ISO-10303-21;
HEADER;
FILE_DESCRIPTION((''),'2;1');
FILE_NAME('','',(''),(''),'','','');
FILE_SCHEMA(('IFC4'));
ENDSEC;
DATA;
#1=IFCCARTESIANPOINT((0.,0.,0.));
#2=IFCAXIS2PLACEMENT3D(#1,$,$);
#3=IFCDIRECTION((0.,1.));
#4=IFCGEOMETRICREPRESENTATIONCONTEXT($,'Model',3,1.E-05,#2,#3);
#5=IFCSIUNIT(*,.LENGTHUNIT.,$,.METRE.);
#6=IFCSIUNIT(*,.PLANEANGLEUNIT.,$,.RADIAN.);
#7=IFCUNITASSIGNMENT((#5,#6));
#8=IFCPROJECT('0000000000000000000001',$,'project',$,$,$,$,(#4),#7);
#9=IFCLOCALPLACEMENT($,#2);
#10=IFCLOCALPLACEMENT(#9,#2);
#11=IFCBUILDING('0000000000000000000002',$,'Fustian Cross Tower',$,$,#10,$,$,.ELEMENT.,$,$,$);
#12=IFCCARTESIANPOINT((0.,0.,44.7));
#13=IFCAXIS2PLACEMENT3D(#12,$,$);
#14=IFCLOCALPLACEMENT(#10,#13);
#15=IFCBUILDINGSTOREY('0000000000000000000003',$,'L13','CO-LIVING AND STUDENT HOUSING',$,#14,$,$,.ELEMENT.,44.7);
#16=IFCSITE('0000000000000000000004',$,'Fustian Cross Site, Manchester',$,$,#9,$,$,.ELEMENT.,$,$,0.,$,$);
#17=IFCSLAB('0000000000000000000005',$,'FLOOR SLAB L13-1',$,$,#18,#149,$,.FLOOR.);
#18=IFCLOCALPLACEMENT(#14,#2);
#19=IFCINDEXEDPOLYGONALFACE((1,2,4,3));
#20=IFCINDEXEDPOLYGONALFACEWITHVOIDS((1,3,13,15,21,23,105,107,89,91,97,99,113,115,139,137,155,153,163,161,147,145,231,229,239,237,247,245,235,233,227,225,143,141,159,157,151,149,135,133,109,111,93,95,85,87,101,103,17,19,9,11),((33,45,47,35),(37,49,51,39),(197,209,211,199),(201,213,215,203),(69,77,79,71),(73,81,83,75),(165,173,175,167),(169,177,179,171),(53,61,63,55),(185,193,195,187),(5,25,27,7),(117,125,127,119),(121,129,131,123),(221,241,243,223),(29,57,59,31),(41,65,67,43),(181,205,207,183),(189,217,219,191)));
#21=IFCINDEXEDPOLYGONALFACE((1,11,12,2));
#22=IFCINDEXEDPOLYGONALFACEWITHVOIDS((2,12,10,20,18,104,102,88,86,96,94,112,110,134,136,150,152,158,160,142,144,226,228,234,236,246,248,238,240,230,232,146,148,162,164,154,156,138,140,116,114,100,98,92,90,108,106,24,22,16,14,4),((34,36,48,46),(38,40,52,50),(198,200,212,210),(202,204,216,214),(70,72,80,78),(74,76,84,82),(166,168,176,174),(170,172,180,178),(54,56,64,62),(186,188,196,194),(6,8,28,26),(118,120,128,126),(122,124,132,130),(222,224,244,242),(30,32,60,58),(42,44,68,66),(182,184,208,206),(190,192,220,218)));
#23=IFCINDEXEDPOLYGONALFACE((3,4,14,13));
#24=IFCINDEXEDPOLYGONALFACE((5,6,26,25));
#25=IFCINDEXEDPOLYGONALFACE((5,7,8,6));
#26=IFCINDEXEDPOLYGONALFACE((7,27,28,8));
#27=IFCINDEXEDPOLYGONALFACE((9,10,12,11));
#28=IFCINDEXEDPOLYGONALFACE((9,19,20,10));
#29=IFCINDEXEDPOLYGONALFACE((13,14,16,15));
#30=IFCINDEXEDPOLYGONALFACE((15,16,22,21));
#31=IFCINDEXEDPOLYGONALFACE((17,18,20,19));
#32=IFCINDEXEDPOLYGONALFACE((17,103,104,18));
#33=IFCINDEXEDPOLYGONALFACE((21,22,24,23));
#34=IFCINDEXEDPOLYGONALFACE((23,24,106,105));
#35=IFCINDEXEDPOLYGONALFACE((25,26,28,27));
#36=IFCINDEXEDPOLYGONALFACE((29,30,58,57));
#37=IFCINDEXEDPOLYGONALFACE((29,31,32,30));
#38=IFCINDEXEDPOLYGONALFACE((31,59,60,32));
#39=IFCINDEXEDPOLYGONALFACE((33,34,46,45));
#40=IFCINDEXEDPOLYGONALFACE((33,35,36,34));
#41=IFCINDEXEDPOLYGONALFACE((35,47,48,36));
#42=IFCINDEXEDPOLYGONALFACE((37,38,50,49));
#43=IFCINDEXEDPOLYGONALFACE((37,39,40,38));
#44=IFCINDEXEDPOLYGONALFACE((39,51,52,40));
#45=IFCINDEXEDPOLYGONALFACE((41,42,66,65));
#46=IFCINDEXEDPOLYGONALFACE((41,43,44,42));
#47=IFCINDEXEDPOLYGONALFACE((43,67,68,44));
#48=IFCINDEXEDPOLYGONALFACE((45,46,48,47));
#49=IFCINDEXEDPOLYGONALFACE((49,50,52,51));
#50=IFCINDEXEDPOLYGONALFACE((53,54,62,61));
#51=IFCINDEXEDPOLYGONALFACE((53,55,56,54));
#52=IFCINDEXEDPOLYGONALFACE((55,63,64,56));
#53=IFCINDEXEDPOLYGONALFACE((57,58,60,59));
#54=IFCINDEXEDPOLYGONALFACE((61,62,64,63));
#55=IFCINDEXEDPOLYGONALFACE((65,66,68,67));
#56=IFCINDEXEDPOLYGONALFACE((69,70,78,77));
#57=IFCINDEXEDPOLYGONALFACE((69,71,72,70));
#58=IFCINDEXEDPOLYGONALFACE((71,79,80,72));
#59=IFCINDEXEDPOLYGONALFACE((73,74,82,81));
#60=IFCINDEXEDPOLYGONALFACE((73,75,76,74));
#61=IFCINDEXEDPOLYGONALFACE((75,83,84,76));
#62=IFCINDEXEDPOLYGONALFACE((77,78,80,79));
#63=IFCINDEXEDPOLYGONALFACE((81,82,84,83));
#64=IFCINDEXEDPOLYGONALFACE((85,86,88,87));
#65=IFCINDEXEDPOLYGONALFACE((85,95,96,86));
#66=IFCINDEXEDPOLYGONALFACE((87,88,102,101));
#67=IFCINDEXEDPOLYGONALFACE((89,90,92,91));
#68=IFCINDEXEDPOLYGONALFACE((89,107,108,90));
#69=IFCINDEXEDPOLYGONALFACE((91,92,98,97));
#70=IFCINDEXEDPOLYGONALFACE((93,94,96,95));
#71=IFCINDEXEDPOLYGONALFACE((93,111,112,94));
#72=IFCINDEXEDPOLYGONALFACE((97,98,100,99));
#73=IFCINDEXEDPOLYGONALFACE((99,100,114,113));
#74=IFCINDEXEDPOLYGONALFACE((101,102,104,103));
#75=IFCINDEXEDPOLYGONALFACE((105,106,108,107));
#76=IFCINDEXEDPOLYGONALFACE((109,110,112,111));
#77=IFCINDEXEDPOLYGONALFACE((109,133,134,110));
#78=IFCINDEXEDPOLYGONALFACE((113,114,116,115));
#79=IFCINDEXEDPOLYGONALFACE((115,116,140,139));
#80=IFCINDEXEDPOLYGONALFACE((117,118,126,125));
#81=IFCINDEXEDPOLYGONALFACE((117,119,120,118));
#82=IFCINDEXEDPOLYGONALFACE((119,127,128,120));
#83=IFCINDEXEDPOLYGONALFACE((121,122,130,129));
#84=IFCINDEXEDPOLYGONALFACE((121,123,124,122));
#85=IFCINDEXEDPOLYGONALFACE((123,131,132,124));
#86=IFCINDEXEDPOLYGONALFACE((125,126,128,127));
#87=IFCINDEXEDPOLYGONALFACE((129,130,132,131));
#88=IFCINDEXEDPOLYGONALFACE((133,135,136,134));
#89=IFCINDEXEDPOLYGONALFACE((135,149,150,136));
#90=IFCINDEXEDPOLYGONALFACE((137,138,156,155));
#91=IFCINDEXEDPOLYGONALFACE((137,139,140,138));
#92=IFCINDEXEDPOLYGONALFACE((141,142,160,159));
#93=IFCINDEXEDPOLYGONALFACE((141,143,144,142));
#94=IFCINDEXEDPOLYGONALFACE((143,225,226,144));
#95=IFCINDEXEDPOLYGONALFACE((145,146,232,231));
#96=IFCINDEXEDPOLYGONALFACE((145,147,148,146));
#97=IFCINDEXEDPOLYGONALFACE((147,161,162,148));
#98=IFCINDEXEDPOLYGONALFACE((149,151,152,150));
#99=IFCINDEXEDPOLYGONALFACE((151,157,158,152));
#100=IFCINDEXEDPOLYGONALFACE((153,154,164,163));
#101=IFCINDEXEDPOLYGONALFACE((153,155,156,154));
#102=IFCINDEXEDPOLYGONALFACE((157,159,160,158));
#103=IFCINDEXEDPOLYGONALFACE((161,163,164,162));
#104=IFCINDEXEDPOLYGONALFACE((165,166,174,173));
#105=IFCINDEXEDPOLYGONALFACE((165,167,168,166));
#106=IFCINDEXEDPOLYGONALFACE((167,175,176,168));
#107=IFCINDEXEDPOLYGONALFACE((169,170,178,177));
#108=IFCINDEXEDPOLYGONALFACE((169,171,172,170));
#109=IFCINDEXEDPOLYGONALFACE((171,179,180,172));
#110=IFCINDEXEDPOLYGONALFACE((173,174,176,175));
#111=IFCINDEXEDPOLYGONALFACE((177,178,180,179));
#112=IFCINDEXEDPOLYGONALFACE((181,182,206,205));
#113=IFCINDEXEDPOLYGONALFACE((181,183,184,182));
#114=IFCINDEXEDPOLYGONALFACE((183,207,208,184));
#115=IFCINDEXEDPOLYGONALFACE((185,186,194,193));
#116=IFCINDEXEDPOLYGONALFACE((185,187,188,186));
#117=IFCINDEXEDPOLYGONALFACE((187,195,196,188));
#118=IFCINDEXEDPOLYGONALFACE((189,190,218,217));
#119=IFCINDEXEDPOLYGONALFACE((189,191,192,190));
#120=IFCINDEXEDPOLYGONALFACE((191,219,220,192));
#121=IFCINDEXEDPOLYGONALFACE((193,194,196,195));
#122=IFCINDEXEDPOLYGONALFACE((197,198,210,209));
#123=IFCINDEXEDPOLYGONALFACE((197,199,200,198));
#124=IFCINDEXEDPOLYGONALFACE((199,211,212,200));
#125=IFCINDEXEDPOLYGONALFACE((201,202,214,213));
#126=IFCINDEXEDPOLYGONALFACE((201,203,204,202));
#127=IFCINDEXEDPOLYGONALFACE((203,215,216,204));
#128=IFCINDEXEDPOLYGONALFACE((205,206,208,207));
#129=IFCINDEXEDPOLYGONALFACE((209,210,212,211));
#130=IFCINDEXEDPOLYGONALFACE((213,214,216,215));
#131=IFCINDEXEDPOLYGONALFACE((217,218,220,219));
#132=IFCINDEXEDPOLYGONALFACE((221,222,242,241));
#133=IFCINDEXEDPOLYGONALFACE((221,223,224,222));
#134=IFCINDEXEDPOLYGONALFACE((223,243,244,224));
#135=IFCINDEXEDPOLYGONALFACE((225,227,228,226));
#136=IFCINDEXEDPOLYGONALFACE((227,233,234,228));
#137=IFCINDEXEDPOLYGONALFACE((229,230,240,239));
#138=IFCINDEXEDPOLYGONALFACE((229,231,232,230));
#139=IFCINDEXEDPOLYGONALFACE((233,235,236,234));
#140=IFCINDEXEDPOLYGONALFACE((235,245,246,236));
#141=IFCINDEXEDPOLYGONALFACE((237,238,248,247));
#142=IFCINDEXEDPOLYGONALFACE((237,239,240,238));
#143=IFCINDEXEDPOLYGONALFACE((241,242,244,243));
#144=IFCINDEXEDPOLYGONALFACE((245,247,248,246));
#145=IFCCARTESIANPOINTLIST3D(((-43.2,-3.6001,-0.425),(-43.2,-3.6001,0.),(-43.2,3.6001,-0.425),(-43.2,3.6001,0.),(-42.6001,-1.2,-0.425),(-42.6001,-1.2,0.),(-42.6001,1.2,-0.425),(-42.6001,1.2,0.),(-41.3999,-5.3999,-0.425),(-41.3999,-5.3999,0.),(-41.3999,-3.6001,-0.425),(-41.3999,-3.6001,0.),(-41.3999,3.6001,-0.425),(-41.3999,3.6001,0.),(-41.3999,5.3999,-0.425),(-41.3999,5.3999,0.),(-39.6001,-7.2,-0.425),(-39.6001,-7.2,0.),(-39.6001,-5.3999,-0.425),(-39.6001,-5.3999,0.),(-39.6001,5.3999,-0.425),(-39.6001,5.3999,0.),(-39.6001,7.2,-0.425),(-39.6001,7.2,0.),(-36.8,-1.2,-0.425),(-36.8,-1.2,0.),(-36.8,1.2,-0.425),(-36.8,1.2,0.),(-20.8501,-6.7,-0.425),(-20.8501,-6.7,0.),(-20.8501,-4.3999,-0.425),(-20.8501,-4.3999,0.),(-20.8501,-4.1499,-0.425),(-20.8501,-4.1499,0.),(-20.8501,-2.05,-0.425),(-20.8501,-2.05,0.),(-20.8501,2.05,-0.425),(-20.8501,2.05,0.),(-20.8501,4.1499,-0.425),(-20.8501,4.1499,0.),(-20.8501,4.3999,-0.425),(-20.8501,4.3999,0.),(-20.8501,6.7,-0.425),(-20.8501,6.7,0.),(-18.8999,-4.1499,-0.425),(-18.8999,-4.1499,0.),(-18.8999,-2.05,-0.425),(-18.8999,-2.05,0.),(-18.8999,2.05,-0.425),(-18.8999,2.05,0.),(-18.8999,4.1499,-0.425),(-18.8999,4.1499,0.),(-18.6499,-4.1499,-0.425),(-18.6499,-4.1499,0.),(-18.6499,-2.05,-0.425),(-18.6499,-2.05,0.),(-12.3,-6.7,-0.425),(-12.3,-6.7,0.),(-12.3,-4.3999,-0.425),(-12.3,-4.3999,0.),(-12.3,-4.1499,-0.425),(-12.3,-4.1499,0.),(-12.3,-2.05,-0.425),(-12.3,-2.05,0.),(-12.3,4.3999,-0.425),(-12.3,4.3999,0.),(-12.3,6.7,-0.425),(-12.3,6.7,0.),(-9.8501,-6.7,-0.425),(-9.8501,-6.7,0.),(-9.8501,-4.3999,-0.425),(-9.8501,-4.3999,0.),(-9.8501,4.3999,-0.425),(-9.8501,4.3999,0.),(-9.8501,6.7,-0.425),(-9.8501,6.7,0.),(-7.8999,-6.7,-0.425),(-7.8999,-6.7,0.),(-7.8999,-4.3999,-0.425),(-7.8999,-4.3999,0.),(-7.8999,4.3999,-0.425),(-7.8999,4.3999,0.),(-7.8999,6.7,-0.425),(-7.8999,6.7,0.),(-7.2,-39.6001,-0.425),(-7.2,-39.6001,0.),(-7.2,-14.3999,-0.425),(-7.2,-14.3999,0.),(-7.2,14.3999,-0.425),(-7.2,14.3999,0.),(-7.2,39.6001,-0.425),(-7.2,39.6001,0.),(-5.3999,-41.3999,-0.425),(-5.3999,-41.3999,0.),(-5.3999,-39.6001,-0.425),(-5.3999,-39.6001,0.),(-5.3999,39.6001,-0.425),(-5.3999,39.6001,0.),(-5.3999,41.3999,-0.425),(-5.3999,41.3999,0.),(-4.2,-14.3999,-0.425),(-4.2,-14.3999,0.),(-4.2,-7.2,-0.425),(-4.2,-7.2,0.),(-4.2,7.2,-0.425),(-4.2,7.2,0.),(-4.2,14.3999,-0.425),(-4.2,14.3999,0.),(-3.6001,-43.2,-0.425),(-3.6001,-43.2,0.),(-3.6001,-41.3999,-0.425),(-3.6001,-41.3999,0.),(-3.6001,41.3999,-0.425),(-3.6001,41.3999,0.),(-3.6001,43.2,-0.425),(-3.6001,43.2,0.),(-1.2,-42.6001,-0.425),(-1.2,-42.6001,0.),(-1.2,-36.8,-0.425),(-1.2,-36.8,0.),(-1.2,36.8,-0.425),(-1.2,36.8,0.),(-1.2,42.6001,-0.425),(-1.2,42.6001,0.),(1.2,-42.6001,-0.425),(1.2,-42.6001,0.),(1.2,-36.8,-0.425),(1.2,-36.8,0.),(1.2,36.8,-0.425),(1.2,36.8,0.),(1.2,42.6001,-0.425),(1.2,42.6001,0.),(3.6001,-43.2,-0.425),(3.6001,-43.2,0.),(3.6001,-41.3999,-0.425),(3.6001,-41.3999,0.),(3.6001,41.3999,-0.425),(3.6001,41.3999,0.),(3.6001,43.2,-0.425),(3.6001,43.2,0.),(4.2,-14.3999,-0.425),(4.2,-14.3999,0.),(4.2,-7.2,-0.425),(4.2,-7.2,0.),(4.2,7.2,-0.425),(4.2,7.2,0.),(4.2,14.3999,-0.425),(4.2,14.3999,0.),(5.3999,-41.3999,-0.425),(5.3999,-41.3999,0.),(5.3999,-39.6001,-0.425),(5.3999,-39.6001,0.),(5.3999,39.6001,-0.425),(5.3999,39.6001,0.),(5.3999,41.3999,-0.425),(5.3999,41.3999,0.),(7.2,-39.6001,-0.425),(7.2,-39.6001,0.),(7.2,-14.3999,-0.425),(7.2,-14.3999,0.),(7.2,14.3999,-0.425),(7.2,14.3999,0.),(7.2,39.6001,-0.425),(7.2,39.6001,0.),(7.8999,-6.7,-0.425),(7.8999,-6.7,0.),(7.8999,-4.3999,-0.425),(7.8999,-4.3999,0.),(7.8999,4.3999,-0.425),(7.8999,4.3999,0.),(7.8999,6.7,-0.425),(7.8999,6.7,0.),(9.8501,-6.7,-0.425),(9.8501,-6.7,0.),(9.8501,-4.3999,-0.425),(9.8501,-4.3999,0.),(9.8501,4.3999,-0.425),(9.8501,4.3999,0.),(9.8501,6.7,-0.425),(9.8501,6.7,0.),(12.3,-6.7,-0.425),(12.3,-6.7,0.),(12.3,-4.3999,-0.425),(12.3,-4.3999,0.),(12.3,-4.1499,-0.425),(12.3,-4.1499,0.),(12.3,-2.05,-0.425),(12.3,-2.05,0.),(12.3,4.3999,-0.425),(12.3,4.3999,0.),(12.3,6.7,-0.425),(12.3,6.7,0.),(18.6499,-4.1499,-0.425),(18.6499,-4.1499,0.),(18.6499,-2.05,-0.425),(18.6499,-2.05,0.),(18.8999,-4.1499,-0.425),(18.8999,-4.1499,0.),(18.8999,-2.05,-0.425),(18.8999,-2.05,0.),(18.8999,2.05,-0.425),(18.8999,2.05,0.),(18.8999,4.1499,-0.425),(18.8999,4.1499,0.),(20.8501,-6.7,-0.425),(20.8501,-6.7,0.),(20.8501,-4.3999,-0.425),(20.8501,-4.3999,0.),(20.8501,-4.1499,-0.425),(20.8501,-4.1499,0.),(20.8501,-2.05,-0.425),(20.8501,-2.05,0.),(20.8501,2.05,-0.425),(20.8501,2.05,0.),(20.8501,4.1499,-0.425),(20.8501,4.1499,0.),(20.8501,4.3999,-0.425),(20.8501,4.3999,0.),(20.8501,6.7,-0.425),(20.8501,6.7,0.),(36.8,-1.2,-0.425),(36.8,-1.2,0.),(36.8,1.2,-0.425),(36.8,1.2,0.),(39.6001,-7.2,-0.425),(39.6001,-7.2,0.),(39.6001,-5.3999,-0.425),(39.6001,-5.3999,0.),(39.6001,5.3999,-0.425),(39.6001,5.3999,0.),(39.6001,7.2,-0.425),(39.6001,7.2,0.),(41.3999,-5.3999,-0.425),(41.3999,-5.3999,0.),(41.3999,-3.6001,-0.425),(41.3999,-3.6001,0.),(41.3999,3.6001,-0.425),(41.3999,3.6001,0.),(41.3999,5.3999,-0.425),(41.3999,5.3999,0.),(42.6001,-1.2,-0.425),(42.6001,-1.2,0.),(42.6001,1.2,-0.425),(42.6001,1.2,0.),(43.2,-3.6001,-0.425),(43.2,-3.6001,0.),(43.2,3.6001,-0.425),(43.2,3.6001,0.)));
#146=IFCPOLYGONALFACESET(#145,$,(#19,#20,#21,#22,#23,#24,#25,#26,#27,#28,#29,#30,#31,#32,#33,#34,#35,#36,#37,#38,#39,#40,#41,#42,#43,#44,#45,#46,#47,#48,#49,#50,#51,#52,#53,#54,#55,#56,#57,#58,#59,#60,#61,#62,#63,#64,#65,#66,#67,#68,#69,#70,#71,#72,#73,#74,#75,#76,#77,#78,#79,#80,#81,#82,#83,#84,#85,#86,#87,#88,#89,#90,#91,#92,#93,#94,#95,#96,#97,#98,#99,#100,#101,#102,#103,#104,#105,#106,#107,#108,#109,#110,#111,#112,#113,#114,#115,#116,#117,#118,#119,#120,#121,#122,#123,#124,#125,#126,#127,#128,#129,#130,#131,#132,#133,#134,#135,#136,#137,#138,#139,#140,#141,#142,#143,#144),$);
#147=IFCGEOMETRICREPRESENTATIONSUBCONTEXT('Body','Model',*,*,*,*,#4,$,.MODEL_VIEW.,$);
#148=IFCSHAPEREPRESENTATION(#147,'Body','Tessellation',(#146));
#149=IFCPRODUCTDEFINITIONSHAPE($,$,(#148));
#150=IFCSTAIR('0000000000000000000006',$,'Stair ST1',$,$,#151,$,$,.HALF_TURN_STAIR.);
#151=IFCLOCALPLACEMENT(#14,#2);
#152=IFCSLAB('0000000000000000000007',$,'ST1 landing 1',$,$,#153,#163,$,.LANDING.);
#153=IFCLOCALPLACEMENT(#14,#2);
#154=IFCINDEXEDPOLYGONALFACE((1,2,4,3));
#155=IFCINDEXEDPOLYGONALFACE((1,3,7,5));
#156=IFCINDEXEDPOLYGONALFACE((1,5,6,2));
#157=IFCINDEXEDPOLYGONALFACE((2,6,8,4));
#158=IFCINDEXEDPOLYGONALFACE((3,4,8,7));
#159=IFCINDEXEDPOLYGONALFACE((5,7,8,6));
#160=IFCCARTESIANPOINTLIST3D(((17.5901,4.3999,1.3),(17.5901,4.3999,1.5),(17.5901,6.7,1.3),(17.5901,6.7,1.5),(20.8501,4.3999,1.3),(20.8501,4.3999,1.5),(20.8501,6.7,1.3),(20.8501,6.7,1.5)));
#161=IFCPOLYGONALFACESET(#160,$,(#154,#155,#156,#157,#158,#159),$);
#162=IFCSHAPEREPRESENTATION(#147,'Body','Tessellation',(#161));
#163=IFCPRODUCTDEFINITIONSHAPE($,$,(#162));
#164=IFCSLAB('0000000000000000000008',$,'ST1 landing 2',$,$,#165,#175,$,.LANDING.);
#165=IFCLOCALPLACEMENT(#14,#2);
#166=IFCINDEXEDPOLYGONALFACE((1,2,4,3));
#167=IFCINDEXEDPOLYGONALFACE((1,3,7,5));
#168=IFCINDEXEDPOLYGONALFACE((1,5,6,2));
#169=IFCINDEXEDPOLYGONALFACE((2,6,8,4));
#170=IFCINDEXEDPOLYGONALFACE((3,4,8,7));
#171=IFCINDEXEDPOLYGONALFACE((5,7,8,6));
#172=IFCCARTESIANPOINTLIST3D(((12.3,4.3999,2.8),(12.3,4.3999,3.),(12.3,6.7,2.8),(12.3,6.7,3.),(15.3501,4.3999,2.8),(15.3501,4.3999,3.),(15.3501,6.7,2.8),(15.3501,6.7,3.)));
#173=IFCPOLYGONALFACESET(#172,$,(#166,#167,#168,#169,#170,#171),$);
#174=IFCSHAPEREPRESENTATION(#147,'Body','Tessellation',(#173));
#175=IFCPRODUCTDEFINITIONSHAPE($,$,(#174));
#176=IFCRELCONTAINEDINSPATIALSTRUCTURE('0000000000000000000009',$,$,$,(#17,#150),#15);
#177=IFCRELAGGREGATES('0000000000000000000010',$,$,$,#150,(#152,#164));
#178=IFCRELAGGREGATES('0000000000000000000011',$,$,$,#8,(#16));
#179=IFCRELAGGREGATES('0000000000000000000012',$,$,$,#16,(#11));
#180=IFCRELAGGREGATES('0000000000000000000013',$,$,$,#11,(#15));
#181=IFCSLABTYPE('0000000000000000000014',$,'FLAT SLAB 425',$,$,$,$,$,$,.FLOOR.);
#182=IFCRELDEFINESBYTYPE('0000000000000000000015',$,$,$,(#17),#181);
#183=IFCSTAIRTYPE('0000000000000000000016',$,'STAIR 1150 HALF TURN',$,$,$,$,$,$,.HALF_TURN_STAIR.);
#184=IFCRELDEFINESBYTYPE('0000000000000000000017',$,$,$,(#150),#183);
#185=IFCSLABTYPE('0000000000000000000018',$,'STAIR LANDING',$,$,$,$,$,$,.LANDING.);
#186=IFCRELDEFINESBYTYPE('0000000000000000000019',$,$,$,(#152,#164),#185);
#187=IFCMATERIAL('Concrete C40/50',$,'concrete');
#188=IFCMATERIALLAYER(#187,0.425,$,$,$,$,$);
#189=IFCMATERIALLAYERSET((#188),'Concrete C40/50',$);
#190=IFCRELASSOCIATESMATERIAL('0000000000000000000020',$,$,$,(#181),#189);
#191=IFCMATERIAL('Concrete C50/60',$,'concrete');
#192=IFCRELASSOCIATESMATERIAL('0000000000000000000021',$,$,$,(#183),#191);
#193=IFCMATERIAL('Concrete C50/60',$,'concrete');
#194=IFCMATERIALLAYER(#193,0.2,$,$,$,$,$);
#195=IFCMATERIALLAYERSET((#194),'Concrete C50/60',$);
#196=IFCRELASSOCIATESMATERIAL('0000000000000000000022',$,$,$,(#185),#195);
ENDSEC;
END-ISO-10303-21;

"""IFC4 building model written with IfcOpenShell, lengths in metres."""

from ifc_helpers import new_model, si_unit, direction, frame, origin, place, context, subcontext, project, spatial, polyline, outline, extrude, material, layer, layer_set, type_object, element, aggregate, save


model = new_model("IFC4")

# Units and contexts
model_context = context("Model", 3, precision=1e-05, world=origin(), true_north=direction((0.0, 1.0)))
body_context = subcontext(model_context, "Body", "Model", "MODEL_VIEW")
ifc_project = project(units=[si_unit("LENGTHUNIT", "METRE"), si_unit("PLANEANGLEUNIT", "RADIAN")], contexts=[model_context])

# Site, building, storey
site_placement = place(None, origin())
site = spatial("IfcSite", under=ifc_project, at=site_placement, Name="Fustian Cross Site, Manchester", CompositionType="ELEMENT", RefElevation=0.0)
building_placement = place(site_placement, origin())
building = spatial("IfcBuilding", under=site, at=building_placement, Name="Fustian Cross Tower", CompositionType="ELEMENT")
storey_placement = place(building_placement, frame((0.0, 0.0, 44.7)))
storey = spatial("IfcBuildingStorey", under=building, at=storey_placement, Name="L13", Description="CO-LIVING AND STUDENT HOUSING", CompositionType="ELEMENT", Elevation=44.7)

# Slab
ifc_material_1 = material(Name="Concrete C40/50", Category="concrete")
ifc_layer_1 = layer(ifc_material_1, 0.425)
ifc_layer_set_1 = layer_set([ifc_layer_1], Name="Concrete C40/50")
slab_type_1 = type_object("IfcSlabType", Name="FLAT SLAB 425", PredefinedType="FLOOR", material=ifc_layer_set_1)
slab_1_placement = place(storey_placement, frame((0.0, 0.0, -0.425)))
element("IfcSlab", 1, at=slab_1_placement, inside=storey, type_object=slab_type_1, Name="FLOOR SLAB L13-1", PredefinedType="FLOOR", context=body_context, shape_type="SweptSolid", body=[
    extrude(outline(polyline([(-4.2, -7.2), (-39.6001, -7.2), (-39.6001, -5.3999), (-41.3999, -5.3999), (-41.3999, -3.6001), (-43.2, -3.6001), (-43.2, 3.6001), (-41.3999, 3.6001), (-41.3999, 5.3999), (-39.6001, 5.3999), (-39.6001, 7.2), (-4.2, 7.2), (-4.2, 14.3999), (-7.2, 14.3999), (-7.2, 39.6001), (-5.3999, 39.6001), (-5.3999, 41.3999), (-3.6001, 41.3999), (-3.6001, 43.2), (3.6001, 43.2), (3.6001, 41.3999), (5.3999, 41.3999), (5.3999, 39.6001), (7.2, 39.6001), (7.2, 14.3999), (4.2, 14.3999), (4.2, 7.2), (39.6001, 7.2), (39.6001, 5.3999), (41.3999, 5.3999), (41.3999, 3.6001), (43.2, 3.6001), (43.2, -3.6001), (41.3999, -3.6001), (41.3999, -5.3999), (39.6001, -5.3999), (39.6001, -7.2), (4.2, -7.2), (4.2, -14.3999), (7.2, -14.3999), (7.2, -39.6001), (5.3999, -39.6001), (5.3999, -41.3999), (3.6001, -41.3999), (3.6001, -43.2), (-3.6001, -43.2), (-3.6001, -41.3999), (-5.3999, -41.3999), (-5.3999, -39.6001), (-7.2, -39.6001), (-7.2, -14.3999), (-4.2, -14.3999), (-4.2, -7.2)]), holes=[polyline([(18.8999, -2.05), (18.8999, -4.1499), (20.8501, -4.1499), (20.8501, -2.05), (18.8999, -2.05)]), polyline([(20.8501, 4.1499), (18.8999, 4.1499), (18.8999, 2.05), (20.8501, 2.05), (20.8501, 4.1499)]), polyline([(9.8501, 4.3999), (9.8501, 6.7), (7.8999, 6.7), (7.8999, 4.3999), (9.8501, 4.3999)]), polyline([(7.8999, -6.7), (9.8501, -6.7), (9.8501, -4.3999), (7.8999, -4.3999), (7.8999, -6.7)]), polyline([(-20.8501, -2.05), (-20.8501, -4.1499), (-18.8999, -4.1499), (-18.8999, -2.05), (-20.8501, -2.05)]), polyline([(-18.8999, 4.1499), (-20.8501, 4.1499), (-20.8501, 2.05), (-18.8999, 2.05), (-18.8999, 4.1499)]), polyline([(-7.8999, 4.3999), (-7.8999, 6.7), (-9.8501, 6.7), (-9.8501, 4.3999), (-7.8999, 4.3999)]), polyline([(-9.8501, -6.7), (-7.8999, -6.7), (-7.8999, -4.3999), (-9.8501, -4.3999), (-9.8501, -6.7)]), polyline([(12.3, -2.05), (12.3, -4.1499), (18.6499, -4.1499), (18.6499, -2.05), (12.3, -2.05)]), polyline([(-12.3, -2.05), (-18.6499, -2.05), (-18.6499, -4.1499), (-12.3, -4.1499), (-12.3, -2.05)]), polyline([(20.8501, 4.3999), (20.8501, 6.7), (12.3, 6.7), (12.3, 4.3999), (20.8501, 4.3999)]), polyline([(12.3, -6.7), (20.8501, -6.7), (20.8501, -4.3999), (12.3, -4.3999), (12.3, -6.7)]), polyline([(-20.8501, 6.7), (-20.8501, 4.3999), (-12.3, 4.3999), (-12.3, 6.7), (-20.8501, 6.7)]), polyline([(-12.3, -4.3999), (-20.8501, -4.3999), (-20.8501, -6.7), (-12.3, -6.7), (-12.3, -4.3999)]), polyline([(1.2, 36.8), (1.2, 42.6001), (-1.2, 42.6001), (-1.2, 36.8), (1.2, 36.8)]), polyline([(-1.2, -42.6001), (1.2, -42.6001), (1.2, -36.8), (-1.2, -36.8), (-1.2, -42.6001)]), polyline([(36.8, 1.2), (36.8, -1.2), (42.6001, -1.2), (42.6001, 1.2), (36.8, 1.2)]), polyline([(-36.8, 1.2), (-42.6001, 1.2), (-42.6001, -1.2), (-36.8, -1.2), (-36.8, 1.2)])]), origin(), (0.0, 0.0, 1.0), 0.425),
])

# Stair, slabs
ifc_material_2 = material(Name="Concrete C50/60", Category="concrete")
stair_type = type_object("IfcStairType", Name="STAIR 1150 HALF TURN", PredefinedType="HALF_TURN_STAIR", material=ifc_material_2)
stair_placement = place(storey_placement, origin())
stair = element("IfcStair", 2, at=stair_placement, inside=storey, type_object=stair_type, Name="Stair ST1", PredefinedType="HALF_TURN_STAIR")
ifc_material_3 = material(Name="Concrete C50/60", Category="concrete")
ifc_layer_2 = layer(ifc_material_3, 0.2)
ifc_layer_set_2 = layer_set([ifc_layer_2], Name="Concrete C50/60")
slab_type_2 = type_object("IfcSlabType", Name="STAIR LANDING", PredefinedType="LANDING", material=ifc_layer_set_2)
slab_2_placement = place(storey_placement, frame((0.0, 0.0, 1.3)))
slab_2 = element("IfcSlab", 3, at=slab_2_placement, type_object=slab_type_2, Name="ST1 landing 1", PredefinedType="LANDING", context=body_context, shape_type="SweptSolid", body=[
    extrude(outline(polyline([(17.5901, 4.3999), (20.8501, 4.3999), (20.8501, 6.7), (17.5901, 6.7), (17.5901, 4.3999)])), origin(), (0.0, 0.0, 1.0), 0.2),
])
slab_3_placement = place(storey_placement, frame((0.0, 0.0, 2.8)))
slab_3 = element("IfcSlab", 4, at=slab_3_placement, type_object=slab_type_2, Name="ST1 landing 2", PredefinedType="LANDING", context=body_context, shape_type="SweptSolid", body=[
    extrude(outline(polyline([(12.3, 4.3999), (15.3501, 4.3999), (15.3501, 6.7), (12.3, 6.7), (12.3, 4.3999)])), origin(), (0.0, 0.0, 1.0), 0.2),
])
aggregate(stair, [slab_2, slab_3])

save(model, "model.ifc")
